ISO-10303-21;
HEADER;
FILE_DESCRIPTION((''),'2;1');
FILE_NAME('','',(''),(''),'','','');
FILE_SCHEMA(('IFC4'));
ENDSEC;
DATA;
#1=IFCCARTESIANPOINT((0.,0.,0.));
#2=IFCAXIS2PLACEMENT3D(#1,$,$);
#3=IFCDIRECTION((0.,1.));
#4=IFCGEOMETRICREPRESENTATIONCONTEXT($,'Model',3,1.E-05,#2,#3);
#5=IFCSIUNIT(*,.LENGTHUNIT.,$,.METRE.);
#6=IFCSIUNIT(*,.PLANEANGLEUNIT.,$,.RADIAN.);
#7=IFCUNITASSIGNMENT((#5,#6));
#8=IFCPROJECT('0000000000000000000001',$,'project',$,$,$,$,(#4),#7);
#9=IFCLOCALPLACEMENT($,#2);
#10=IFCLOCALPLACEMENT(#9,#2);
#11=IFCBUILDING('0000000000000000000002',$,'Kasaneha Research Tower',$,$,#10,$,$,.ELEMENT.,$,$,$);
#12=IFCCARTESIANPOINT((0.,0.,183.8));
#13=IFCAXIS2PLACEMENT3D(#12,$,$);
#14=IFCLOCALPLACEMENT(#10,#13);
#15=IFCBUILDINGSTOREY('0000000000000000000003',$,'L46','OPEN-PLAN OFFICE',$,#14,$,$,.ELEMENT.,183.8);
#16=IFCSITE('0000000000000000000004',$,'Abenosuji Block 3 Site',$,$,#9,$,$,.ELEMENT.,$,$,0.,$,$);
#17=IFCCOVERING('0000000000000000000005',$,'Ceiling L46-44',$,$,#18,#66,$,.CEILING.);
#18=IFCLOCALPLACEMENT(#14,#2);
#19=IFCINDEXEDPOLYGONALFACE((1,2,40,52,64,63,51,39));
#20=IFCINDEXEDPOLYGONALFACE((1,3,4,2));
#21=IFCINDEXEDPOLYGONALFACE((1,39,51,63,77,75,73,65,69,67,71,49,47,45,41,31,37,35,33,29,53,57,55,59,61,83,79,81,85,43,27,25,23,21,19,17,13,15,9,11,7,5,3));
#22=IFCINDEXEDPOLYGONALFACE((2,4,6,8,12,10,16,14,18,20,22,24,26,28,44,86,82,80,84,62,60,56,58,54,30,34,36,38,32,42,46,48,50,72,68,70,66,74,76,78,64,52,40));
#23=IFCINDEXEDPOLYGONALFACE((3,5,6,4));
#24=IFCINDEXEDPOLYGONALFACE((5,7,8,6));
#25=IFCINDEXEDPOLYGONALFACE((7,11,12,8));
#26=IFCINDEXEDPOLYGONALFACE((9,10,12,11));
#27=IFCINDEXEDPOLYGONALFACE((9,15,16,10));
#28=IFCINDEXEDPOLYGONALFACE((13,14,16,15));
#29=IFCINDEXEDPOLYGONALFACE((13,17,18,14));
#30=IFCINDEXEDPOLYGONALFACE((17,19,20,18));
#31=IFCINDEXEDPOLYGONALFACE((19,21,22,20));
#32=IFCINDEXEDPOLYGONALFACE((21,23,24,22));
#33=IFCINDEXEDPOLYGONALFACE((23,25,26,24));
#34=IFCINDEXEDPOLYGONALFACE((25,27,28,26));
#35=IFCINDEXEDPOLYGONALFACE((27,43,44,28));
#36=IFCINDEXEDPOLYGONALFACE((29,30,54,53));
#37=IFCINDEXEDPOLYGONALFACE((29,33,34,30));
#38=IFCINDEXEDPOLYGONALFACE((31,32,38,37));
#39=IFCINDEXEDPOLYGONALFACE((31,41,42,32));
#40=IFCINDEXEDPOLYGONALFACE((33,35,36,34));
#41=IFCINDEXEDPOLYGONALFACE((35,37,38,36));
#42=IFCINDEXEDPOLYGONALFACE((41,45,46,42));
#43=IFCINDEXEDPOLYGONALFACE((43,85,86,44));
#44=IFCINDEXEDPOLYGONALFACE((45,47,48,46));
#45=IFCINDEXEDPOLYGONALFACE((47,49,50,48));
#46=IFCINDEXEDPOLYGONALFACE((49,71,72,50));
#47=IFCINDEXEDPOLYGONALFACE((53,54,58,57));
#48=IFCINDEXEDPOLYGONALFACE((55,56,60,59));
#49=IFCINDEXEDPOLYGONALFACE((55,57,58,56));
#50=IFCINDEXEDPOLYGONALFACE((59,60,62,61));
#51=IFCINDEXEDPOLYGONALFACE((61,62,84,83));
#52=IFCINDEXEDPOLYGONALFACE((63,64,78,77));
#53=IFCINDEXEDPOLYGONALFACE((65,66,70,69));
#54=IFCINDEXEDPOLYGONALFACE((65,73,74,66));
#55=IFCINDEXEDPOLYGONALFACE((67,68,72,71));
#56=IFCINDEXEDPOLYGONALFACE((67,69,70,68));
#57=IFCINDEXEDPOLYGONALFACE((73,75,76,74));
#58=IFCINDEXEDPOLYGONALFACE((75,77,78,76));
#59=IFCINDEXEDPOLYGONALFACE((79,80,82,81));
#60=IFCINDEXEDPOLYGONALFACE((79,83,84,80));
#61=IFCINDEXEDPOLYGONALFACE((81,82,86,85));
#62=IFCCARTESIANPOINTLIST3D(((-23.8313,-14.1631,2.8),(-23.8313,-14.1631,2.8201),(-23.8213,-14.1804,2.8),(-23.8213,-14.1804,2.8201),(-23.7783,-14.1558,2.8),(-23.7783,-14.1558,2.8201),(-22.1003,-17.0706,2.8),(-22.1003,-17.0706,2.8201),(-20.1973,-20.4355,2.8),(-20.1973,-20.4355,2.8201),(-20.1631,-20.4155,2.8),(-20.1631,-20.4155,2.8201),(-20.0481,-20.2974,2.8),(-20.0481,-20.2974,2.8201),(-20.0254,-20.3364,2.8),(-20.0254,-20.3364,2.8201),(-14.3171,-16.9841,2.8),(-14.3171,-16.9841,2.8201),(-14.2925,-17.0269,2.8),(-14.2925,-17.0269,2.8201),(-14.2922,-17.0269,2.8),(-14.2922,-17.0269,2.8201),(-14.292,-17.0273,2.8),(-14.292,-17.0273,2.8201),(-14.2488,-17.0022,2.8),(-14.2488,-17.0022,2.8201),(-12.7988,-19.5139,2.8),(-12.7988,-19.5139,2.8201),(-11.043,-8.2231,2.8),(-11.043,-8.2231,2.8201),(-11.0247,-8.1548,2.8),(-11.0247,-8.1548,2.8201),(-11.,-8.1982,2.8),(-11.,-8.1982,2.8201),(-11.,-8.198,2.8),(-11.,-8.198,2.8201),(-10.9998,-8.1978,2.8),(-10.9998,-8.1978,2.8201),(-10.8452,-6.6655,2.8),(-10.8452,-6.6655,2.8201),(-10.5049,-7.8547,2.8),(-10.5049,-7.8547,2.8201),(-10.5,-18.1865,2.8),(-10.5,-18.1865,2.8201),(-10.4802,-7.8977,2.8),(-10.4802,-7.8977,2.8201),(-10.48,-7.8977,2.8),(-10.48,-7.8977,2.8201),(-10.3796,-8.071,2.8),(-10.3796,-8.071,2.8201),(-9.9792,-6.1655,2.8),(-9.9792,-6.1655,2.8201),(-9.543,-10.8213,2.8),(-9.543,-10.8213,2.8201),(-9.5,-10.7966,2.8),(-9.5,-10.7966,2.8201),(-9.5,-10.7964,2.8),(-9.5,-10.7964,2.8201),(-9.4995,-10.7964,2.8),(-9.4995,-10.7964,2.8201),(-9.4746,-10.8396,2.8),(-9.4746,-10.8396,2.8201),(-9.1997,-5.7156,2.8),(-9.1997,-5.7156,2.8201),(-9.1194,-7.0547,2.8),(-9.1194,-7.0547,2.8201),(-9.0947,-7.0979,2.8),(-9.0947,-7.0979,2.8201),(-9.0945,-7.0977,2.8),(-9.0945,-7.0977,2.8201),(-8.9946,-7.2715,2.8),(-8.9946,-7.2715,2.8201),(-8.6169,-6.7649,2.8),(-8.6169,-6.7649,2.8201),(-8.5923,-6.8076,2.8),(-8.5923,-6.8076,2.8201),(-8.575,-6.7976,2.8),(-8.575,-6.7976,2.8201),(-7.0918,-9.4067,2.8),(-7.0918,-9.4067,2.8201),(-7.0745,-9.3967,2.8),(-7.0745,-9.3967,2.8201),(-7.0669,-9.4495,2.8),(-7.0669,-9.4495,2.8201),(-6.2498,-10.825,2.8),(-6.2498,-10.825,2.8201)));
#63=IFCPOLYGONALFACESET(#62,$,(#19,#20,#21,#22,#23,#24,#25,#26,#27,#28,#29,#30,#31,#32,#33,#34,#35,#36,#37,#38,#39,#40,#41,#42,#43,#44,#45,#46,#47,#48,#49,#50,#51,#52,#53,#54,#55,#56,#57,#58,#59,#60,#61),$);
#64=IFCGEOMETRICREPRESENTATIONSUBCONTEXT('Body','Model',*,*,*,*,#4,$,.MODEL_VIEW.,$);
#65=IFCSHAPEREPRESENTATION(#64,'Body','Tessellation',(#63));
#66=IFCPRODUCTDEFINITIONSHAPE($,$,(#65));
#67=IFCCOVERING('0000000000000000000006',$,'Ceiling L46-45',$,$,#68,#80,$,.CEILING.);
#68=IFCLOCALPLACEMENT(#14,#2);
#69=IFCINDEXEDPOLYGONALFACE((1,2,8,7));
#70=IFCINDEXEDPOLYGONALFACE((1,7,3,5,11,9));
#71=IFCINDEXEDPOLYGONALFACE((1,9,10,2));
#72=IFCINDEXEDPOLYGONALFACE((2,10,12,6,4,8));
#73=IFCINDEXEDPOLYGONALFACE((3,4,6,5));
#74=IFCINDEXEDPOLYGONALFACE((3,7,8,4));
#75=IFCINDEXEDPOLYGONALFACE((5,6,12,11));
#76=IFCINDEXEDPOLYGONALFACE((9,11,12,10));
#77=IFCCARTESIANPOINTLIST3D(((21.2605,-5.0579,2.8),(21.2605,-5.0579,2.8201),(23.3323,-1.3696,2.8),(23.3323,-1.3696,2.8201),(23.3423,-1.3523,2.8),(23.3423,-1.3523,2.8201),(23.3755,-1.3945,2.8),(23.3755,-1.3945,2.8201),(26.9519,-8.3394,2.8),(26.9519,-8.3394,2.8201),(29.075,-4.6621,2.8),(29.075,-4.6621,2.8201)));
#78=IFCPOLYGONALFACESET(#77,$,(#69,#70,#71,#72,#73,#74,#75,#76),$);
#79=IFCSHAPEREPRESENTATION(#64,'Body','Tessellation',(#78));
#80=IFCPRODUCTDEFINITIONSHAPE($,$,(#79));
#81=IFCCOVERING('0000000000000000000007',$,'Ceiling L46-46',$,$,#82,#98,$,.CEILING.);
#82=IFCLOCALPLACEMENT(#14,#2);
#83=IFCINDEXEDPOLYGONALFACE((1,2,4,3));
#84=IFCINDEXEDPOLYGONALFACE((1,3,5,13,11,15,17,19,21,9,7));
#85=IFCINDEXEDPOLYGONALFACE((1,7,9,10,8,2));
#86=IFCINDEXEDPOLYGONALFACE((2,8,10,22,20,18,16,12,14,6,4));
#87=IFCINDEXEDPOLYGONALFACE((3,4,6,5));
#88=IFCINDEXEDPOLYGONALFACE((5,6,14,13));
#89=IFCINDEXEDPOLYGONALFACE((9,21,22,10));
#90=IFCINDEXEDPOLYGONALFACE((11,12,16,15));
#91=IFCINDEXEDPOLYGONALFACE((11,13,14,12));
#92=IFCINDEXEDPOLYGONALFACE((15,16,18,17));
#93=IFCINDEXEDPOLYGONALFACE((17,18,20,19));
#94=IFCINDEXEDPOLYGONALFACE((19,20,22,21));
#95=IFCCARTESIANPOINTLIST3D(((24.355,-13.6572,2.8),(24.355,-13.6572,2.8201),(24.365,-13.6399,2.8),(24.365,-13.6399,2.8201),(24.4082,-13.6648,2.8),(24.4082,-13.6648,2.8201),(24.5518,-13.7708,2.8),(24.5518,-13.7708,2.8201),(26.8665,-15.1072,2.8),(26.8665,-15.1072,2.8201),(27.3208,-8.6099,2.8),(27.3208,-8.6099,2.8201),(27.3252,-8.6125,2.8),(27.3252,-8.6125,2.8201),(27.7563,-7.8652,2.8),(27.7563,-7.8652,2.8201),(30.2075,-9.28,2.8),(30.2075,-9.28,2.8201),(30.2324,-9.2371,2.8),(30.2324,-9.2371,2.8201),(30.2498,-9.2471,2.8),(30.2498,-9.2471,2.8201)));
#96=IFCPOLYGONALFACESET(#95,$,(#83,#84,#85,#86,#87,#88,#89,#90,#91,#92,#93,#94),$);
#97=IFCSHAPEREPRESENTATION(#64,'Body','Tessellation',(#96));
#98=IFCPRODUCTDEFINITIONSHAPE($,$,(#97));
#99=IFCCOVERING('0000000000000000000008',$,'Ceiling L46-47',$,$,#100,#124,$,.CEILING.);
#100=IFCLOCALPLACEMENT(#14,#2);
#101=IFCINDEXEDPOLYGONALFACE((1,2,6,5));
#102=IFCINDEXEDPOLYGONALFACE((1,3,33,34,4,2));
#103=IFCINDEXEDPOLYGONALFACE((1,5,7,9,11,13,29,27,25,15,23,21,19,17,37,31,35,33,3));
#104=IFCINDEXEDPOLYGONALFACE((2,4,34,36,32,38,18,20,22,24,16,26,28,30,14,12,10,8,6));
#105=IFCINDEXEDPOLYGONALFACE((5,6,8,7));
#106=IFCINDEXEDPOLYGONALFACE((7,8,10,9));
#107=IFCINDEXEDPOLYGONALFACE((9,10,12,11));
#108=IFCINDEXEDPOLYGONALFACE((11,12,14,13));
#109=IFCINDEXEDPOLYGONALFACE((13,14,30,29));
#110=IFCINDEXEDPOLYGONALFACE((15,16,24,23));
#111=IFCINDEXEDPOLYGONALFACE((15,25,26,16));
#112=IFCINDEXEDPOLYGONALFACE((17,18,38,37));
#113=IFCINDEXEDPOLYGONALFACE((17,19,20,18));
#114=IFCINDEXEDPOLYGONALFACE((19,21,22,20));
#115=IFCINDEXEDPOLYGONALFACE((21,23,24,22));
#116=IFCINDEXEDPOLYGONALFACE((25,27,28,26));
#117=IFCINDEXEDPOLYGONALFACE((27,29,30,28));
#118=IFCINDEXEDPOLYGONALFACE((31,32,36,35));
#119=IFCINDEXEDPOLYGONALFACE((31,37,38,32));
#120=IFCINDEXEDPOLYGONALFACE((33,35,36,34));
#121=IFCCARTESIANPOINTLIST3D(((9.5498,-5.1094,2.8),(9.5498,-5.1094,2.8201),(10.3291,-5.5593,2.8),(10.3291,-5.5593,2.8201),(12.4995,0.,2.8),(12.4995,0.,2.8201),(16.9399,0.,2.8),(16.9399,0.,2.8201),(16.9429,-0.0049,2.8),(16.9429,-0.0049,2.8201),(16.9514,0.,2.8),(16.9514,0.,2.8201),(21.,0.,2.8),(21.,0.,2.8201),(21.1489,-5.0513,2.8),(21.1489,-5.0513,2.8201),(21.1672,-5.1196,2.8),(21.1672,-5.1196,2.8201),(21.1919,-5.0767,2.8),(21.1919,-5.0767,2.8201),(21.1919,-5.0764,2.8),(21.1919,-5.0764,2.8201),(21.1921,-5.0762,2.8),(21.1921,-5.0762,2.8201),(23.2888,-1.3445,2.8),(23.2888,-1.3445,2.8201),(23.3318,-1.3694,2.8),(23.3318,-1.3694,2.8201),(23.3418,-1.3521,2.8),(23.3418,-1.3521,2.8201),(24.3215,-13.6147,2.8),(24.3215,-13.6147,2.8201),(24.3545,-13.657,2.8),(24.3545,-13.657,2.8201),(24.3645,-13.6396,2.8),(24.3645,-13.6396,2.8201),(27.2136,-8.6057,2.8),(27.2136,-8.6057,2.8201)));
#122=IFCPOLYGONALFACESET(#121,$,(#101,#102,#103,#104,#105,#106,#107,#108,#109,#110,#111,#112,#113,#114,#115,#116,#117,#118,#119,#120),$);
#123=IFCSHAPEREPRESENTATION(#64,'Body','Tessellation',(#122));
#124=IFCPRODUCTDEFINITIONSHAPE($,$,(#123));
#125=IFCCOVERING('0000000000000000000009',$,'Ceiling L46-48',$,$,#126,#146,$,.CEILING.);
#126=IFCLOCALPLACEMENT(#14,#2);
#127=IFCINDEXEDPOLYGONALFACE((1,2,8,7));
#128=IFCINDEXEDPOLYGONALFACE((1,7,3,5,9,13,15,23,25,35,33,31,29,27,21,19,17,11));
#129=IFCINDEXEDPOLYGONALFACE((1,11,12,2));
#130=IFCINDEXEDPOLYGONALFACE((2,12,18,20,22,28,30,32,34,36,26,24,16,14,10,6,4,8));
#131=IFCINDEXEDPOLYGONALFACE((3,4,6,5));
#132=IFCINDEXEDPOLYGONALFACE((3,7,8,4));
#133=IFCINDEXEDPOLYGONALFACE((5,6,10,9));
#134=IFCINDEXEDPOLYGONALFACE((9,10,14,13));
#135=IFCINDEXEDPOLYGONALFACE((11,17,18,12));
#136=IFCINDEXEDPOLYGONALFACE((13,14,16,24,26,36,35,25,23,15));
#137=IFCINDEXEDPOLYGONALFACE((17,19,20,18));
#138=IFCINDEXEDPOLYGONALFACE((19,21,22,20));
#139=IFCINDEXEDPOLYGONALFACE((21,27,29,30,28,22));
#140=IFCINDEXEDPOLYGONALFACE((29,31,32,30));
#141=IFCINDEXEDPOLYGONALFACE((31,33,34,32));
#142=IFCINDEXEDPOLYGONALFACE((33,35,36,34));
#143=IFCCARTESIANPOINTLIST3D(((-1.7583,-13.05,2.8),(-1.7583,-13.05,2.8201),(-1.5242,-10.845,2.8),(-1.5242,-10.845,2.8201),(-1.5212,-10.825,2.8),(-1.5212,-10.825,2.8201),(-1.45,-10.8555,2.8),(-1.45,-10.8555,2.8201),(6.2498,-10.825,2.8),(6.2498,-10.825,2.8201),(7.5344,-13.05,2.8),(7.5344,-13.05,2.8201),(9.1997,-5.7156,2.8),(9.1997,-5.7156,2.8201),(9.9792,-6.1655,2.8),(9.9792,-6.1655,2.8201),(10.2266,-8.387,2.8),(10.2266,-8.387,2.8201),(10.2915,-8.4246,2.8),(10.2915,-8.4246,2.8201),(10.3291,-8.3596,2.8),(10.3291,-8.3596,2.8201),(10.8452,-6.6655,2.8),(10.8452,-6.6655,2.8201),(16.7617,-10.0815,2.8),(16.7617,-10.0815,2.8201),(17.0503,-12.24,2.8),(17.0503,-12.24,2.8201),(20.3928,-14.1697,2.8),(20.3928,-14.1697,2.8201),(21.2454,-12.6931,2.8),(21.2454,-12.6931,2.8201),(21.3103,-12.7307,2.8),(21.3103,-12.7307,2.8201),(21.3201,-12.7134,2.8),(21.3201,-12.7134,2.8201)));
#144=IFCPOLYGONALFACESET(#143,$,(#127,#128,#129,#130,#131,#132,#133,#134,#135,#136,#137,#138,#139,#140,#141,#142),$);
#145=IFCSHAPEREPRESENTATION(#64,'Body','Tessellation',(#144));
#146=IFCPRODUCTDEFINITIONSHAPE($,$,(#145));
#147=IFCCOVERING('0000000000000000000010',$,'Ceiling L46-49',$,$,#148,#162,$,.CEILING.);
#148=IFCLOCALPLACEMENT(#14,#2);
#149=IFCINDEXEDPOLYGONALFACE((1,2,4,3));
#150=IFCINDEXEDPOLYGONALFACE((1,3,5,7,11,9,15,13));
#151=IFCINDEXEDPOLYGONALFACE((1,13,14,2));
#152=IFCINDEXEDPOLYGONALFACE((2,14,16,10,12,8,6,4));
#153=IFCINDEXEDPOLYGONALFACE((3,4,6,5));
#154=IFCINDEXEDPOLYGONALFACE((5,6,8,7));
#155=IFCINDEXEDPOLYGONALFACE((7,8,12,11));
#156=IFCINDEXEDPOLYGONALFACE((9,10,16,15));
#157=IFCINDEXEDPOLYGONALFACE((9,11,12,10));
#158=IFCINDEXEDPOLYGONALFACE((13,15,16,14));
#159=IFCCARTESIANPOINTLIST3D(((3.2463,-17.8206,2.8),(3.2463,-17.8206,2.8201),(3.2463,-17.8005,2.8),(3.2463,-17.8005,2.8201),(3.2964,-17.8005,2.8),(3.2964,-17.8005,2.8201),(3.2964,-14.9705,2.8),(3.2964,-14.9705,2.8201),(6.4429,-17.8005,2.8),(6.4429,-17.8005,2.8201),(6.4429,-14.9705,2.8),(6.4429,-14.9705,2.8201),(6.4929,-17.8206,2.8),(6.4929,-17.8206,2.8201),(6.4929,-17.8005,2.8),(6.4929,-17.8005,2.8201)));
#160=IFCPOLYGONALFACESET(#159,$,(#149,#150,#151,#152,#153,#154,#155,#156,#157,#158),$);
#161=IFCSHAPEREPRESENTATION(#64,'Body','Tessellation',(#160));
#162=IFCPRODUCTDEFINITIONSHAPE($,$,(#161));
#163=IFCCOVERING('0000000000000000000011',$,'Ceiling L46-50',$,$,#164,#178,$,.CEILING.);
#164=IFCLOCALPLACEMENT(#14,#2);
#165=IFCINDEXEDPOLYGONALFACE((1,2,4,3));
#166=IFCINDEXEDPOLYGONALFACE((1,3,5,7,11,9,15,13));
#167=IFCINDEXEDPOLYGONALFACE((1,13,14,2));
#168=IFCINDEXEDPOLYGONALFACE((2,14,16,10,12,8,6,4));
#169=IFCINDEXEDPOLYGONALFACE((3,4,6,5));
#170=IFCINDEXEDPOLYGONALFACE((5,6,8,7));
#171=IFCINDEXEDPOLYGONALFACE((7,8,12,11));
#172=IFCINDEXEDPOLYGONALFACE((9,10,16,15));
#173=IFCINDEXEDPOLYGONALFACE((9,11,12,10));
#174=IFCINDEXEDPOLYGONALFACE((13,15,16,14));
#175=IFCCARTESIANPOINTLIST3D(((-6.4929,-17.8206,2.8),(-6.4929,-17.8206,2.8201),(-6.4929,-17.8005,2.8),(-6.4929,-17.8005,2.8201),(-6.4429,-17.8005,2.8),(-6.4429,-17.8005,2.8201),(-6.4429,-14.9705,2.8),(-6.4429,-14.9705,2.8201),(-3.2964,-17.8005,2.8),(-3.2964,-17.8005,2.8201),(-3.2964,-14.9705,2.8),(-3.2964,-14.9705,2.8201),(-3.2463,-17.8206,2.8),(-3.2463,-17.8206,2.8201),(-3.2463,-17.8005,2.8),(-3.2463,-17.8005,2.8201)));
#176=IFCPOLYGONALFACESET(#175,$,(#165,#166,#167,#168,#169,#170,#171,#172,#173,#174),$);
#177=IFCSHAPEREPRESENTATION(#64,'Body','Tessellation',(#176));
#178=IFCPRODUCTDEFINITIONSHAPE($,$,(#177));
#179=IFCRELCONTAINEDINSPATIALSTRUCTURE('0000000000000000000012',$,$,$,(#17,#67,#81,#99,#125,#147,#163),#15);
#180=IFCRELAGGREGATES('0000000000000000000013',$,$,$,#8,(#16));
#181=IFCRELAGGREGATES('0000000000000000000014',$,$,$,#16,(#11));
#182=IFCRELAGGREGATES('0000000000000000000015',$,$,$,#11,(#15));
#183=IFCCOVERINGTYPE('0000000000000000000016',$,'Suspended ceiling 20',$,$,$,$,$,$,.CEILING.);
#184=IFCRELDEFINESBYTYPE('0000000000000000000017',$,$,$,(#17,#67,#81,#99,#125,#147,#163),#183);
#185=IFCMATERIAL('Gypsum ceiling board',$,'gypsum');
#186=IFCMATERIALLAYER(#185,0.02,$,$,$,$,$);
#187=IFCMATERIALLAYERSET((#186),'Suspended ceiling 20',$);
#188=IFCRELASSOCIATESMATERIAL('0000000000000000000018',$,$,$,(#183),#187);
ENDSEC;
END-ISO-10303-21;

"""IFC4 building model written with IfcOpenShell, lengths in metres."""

from ifc_helpers import new_model, si_unit, direction, frame, origin, place, context, subcontext, project, spatial, polyline, outline, extrude, material, layer, layer_set, type_object, element, save


model = new_model("IFC4")

# Units and contexts
model_context = context("Model", 3, precision=1e-05, world=origin(), true_north=direction((0.0, 1.0)))
body_context = subcontext(model_context, "Body", "Model", "MODEL_VIEW")
ifc_project = project(units=[si_unit("LENGTHUNIT", "METRE"), si_unit("PLANEANGLEUNIT", "RADIAN")], contexts=[model_context])

# Site, building, storey
site_placement = place(None, origin())
site = spatial("IfcSite", under=ifc_project, at=site_placement, Name="Abenosuji Block 3 Site", CompositionType="ELEMENT", RefElevation=0.0)
building_placement = place(site_placement, origin())
building = spatial("IfcBuilding", under=site, at=building_placement, Name="Kasaneha Research Tower", CompositionType="ELEMENT")
storey_placement = place(building_placement, frame((0.0, 0.0, 183.8)))
storey = spatial("IfcBuildingStorey", under=building, at=storey_placement, Name="L46", Description="OPEN-PLAN OFFICE", CompositionType="ELEMENT", Elevation=183.8)

# Coverings
ifc_material_1 = material(Name="Gypsum ceiling board", Category="gypsum")
ifc_layer_1 = layer(ifc_material_1, 0.02)
ifc_layer_set_1 = layer_set([ifc_layer_1], Name="Suspended ceiling 20")
covering_type_1 = type_object("IfcCoveringType", Name="Suspended ceiling 20", PredefinedType="CEILING", material=ifc_layer_set_1)
covering_1_placement = place(storey_placement, frame((0.0, 0.0, 2.8)))
element("IfcCovering", 1, at=covering_1_placement, inside=storey, type_object=covering_type_1, Name="Ceiling L46-44", PredefinedType="CEILING", context=body_context, shape_type="SweptSolid", body=[
    extrude(outline(polyline([(-9.1997, -5.7156), (-8.575, -6.7976), (-8.5923, -6.8076), (-8.6169, -6.7649), (-9.1194, -7.0547), (-9.0945, -7.0977), (-9.0947, -7.0979), (-8.9946, -7.2715), (-10.3796, -8.071), (-10.48, -7.8977), (-10.4802, -7.8977), (-10.5049, -7.8547), (-11.0247, -8.1548), (-10.9998, -8.1978), (-11.0, -8.198), (-11.0, -8.1982), (-11.043, -8.2231), (-9.543, -10.8213), (-9.5, -10.7964), (-9.5, -10.7966), (-9.4995, -10.7964), (-9.4746, -10.8396), (-7.0669, -9.4495), (-7.0918, -9.4067), (-7.0745, -9.3967), (-6.2498, -10.825), (-10.5, -18.1865), (-12.7988, -19.5139), (-14.2488, -17.0022), (-14.292, -17.0273), (-14.2922, -17.0269), (-14.2925, -17.0269), (-14.3171, -16.9841), (-20.0481, -20.2974), (-20.0254, -20.3364), (-20.1973, -20.4355), (-20.1631, -20.4155), (-22.1003, -17.0706), (-23.7783, -14.1558), (-23.8213, -14.1804), (-23.8313, -14.1631), (-10.8452, -6.6655), (-10.8452, -6.6655), (-9.9792, -6.1655), (-9.9792, -6.1655), (-9.1997, -5.7156)])), origin(), (0.0, 0.0, 1.0), 0.02),
])
covering_2_placement = place(storey_placement, frame((0.0, 0.0, 2.8)))
element("IfcCovering", 2, at=covering_2_placement, inside=storey, type_object=covering_type_1, Name="Ceiling L46-45", PredefinedType="CEILING", context=body_context, shape_type="SweptSolid", body=[
    extrude(outline(polyline([(26.9519, -8.3394), (21.2605, -5.0579), (23.3755, -1.3945), (23.3323, -1.3696), (23.3423, -1.3523), (29.075, -4.6621), (26.9519, -8.3394)])), origin(), (0.0, 0.0, 1.0), 0.02),
])
covering_3_placement = place(storey_placement, frame((0.0, 0.0, 2.8)))
element("IfcCovering", 3, at=covering_3_placement, inside=storey, type_object=covering_type_1, Name="Ceiling L46-46", PredefinedType="CEILING", context=body_context, shape_type="SweptSolid", body=[
    extrude(outline(polyline([(24.5518, -13.7708), (24.355, -13.6572), (24.365, -13.6399), (24.4082, -13.6648), (27.3252, -8.6125), (27.3208, -8.6099), (27.7563, -7.8652), (30.2075, -9.28), (30.2324, -9.2371), (30.2498, -9.2471), (26.8665, -15.1072), (24.5518, -13.7708)])), origin(), (0.0, 0.0, 1.0), 0.02),
])
covering_4_placement = place(storey_placement, frame((0.0, 0.0, 2.8)))
element("IfcCovering", 4, at=covering_4_placement, inside=storey, type_object=covering_type_1, Name="Ceiling L46-47", PredefinedType="CEILING", context=body_context, shape_type="SweptSolid", body=[
    extrude(outline(polyline([(9.5498, -5.1094), (12.4995, 0.0), (16.9399, 0.0), (16.9429, -0.0049), (16.9514, 0.0), (21.0, 0.0), (23.3418, -1.3521), (23.3318, -1.3694), (23.2888, -1.3445), (21.1489, -5.0513), (21.1921, -5.0762), (21.1919, -5.0764), (21.1919, -5.0767), (21.1672, -5.1196), (27.2136, -8.6057), (24.3215, -13.6147), (24.3645, -13.6396), (24.3545, -13.657), (10.3291, -5.5593), (10.3291, -5.5593), (9.5498, -5.1094)])), origin(), (0.0, 0.0, 1.0), 0.02),
])
covering_5_placement = place(storey_placement, frame((0.0, 0.0, 2.8)))
element("IfcCovering", 5, at=covering_5_placement, inside=storey, type_object=covering_type_1, Name="Ceiling L46-48", PredefinedType="CEILING", context=body_context, shape_type="SweptSolid", body=[
    extrude(outline(polyline([(10.2915, -8.4246), (10.2266, -8.387), (7.5344, -13.05), (-1.7583, -13.05), (-1.45, -10.8555), (-1.5242, -10.845), (-1.5212, -10.825), (6.2498, -10.825), (9.1997, -5.7156), (9.9792, -6.1655), (9.9792, -6.1655), (10.8452, -6.6655), (10.8452, -6.6655), (16.7617, -10.0815), (21.3201, -12.7134), (21.3103, -12.7307), (21.2454, -12.6931), (20.3928, -14.1697), (17.0503, -12.24), (17.0503, -12.24), (10.3291, -8.3596), (10.2915, -8.4246), (10.2915, -8.4246), (10.2915, -8.4246)])), origin(), (0.0, 0.0, 1.0), 0.02),
])
covering_6_placement = place(storey_placement, frame((0.0, 0.0, 2.8)))
element("IfcCovering", 6, at=covering_6_placement, inside=storey, type_object=covering_type_1, Name="Ceiling L46-49", PredefinedType="CEILING", context=body_context, shape_type="SweptSolid", body=[
    extrude(outline(polyline([(3.2463, -17.8206), (3.2463, -17.8005), (3.2964, -17.8005), (3.2964, -14.9705), (6.4429, -14.9705), (6.4429, -17.8005), (6.4929, -17.8005), (6.4929, -17.8206), (3.2463, -17.8206)])), origin(), (0.0, 0.0, 1.0), 0.02),
])
covering_7_placement = place(storey_placement, frame((0.0, 0.0, 2.8)))
element("IfcCovering", 7, at=covering_7_placement, inside=storey, type_object=covering_type_1, Name="Ceiling L46-50", PredefinedType="CEILING", context=body_context, shape_type="SweptSolid", body=[
    extrude(outline(polyline([(-6.4929, -17.8206), (-6.4929, -17.8005), (-6.4429, -17.8005), (-6.4429, -14.9705), (-3.2964, -14.9705), (-3.2964, -17.8005), (-3.2463, -17.8005), (-3.2463, -17.8206), (-6.4929, -17.8206)])), origin(), (0.0, 0.0, 1.0), 0.02),
])

save(model, "model.ifc")
